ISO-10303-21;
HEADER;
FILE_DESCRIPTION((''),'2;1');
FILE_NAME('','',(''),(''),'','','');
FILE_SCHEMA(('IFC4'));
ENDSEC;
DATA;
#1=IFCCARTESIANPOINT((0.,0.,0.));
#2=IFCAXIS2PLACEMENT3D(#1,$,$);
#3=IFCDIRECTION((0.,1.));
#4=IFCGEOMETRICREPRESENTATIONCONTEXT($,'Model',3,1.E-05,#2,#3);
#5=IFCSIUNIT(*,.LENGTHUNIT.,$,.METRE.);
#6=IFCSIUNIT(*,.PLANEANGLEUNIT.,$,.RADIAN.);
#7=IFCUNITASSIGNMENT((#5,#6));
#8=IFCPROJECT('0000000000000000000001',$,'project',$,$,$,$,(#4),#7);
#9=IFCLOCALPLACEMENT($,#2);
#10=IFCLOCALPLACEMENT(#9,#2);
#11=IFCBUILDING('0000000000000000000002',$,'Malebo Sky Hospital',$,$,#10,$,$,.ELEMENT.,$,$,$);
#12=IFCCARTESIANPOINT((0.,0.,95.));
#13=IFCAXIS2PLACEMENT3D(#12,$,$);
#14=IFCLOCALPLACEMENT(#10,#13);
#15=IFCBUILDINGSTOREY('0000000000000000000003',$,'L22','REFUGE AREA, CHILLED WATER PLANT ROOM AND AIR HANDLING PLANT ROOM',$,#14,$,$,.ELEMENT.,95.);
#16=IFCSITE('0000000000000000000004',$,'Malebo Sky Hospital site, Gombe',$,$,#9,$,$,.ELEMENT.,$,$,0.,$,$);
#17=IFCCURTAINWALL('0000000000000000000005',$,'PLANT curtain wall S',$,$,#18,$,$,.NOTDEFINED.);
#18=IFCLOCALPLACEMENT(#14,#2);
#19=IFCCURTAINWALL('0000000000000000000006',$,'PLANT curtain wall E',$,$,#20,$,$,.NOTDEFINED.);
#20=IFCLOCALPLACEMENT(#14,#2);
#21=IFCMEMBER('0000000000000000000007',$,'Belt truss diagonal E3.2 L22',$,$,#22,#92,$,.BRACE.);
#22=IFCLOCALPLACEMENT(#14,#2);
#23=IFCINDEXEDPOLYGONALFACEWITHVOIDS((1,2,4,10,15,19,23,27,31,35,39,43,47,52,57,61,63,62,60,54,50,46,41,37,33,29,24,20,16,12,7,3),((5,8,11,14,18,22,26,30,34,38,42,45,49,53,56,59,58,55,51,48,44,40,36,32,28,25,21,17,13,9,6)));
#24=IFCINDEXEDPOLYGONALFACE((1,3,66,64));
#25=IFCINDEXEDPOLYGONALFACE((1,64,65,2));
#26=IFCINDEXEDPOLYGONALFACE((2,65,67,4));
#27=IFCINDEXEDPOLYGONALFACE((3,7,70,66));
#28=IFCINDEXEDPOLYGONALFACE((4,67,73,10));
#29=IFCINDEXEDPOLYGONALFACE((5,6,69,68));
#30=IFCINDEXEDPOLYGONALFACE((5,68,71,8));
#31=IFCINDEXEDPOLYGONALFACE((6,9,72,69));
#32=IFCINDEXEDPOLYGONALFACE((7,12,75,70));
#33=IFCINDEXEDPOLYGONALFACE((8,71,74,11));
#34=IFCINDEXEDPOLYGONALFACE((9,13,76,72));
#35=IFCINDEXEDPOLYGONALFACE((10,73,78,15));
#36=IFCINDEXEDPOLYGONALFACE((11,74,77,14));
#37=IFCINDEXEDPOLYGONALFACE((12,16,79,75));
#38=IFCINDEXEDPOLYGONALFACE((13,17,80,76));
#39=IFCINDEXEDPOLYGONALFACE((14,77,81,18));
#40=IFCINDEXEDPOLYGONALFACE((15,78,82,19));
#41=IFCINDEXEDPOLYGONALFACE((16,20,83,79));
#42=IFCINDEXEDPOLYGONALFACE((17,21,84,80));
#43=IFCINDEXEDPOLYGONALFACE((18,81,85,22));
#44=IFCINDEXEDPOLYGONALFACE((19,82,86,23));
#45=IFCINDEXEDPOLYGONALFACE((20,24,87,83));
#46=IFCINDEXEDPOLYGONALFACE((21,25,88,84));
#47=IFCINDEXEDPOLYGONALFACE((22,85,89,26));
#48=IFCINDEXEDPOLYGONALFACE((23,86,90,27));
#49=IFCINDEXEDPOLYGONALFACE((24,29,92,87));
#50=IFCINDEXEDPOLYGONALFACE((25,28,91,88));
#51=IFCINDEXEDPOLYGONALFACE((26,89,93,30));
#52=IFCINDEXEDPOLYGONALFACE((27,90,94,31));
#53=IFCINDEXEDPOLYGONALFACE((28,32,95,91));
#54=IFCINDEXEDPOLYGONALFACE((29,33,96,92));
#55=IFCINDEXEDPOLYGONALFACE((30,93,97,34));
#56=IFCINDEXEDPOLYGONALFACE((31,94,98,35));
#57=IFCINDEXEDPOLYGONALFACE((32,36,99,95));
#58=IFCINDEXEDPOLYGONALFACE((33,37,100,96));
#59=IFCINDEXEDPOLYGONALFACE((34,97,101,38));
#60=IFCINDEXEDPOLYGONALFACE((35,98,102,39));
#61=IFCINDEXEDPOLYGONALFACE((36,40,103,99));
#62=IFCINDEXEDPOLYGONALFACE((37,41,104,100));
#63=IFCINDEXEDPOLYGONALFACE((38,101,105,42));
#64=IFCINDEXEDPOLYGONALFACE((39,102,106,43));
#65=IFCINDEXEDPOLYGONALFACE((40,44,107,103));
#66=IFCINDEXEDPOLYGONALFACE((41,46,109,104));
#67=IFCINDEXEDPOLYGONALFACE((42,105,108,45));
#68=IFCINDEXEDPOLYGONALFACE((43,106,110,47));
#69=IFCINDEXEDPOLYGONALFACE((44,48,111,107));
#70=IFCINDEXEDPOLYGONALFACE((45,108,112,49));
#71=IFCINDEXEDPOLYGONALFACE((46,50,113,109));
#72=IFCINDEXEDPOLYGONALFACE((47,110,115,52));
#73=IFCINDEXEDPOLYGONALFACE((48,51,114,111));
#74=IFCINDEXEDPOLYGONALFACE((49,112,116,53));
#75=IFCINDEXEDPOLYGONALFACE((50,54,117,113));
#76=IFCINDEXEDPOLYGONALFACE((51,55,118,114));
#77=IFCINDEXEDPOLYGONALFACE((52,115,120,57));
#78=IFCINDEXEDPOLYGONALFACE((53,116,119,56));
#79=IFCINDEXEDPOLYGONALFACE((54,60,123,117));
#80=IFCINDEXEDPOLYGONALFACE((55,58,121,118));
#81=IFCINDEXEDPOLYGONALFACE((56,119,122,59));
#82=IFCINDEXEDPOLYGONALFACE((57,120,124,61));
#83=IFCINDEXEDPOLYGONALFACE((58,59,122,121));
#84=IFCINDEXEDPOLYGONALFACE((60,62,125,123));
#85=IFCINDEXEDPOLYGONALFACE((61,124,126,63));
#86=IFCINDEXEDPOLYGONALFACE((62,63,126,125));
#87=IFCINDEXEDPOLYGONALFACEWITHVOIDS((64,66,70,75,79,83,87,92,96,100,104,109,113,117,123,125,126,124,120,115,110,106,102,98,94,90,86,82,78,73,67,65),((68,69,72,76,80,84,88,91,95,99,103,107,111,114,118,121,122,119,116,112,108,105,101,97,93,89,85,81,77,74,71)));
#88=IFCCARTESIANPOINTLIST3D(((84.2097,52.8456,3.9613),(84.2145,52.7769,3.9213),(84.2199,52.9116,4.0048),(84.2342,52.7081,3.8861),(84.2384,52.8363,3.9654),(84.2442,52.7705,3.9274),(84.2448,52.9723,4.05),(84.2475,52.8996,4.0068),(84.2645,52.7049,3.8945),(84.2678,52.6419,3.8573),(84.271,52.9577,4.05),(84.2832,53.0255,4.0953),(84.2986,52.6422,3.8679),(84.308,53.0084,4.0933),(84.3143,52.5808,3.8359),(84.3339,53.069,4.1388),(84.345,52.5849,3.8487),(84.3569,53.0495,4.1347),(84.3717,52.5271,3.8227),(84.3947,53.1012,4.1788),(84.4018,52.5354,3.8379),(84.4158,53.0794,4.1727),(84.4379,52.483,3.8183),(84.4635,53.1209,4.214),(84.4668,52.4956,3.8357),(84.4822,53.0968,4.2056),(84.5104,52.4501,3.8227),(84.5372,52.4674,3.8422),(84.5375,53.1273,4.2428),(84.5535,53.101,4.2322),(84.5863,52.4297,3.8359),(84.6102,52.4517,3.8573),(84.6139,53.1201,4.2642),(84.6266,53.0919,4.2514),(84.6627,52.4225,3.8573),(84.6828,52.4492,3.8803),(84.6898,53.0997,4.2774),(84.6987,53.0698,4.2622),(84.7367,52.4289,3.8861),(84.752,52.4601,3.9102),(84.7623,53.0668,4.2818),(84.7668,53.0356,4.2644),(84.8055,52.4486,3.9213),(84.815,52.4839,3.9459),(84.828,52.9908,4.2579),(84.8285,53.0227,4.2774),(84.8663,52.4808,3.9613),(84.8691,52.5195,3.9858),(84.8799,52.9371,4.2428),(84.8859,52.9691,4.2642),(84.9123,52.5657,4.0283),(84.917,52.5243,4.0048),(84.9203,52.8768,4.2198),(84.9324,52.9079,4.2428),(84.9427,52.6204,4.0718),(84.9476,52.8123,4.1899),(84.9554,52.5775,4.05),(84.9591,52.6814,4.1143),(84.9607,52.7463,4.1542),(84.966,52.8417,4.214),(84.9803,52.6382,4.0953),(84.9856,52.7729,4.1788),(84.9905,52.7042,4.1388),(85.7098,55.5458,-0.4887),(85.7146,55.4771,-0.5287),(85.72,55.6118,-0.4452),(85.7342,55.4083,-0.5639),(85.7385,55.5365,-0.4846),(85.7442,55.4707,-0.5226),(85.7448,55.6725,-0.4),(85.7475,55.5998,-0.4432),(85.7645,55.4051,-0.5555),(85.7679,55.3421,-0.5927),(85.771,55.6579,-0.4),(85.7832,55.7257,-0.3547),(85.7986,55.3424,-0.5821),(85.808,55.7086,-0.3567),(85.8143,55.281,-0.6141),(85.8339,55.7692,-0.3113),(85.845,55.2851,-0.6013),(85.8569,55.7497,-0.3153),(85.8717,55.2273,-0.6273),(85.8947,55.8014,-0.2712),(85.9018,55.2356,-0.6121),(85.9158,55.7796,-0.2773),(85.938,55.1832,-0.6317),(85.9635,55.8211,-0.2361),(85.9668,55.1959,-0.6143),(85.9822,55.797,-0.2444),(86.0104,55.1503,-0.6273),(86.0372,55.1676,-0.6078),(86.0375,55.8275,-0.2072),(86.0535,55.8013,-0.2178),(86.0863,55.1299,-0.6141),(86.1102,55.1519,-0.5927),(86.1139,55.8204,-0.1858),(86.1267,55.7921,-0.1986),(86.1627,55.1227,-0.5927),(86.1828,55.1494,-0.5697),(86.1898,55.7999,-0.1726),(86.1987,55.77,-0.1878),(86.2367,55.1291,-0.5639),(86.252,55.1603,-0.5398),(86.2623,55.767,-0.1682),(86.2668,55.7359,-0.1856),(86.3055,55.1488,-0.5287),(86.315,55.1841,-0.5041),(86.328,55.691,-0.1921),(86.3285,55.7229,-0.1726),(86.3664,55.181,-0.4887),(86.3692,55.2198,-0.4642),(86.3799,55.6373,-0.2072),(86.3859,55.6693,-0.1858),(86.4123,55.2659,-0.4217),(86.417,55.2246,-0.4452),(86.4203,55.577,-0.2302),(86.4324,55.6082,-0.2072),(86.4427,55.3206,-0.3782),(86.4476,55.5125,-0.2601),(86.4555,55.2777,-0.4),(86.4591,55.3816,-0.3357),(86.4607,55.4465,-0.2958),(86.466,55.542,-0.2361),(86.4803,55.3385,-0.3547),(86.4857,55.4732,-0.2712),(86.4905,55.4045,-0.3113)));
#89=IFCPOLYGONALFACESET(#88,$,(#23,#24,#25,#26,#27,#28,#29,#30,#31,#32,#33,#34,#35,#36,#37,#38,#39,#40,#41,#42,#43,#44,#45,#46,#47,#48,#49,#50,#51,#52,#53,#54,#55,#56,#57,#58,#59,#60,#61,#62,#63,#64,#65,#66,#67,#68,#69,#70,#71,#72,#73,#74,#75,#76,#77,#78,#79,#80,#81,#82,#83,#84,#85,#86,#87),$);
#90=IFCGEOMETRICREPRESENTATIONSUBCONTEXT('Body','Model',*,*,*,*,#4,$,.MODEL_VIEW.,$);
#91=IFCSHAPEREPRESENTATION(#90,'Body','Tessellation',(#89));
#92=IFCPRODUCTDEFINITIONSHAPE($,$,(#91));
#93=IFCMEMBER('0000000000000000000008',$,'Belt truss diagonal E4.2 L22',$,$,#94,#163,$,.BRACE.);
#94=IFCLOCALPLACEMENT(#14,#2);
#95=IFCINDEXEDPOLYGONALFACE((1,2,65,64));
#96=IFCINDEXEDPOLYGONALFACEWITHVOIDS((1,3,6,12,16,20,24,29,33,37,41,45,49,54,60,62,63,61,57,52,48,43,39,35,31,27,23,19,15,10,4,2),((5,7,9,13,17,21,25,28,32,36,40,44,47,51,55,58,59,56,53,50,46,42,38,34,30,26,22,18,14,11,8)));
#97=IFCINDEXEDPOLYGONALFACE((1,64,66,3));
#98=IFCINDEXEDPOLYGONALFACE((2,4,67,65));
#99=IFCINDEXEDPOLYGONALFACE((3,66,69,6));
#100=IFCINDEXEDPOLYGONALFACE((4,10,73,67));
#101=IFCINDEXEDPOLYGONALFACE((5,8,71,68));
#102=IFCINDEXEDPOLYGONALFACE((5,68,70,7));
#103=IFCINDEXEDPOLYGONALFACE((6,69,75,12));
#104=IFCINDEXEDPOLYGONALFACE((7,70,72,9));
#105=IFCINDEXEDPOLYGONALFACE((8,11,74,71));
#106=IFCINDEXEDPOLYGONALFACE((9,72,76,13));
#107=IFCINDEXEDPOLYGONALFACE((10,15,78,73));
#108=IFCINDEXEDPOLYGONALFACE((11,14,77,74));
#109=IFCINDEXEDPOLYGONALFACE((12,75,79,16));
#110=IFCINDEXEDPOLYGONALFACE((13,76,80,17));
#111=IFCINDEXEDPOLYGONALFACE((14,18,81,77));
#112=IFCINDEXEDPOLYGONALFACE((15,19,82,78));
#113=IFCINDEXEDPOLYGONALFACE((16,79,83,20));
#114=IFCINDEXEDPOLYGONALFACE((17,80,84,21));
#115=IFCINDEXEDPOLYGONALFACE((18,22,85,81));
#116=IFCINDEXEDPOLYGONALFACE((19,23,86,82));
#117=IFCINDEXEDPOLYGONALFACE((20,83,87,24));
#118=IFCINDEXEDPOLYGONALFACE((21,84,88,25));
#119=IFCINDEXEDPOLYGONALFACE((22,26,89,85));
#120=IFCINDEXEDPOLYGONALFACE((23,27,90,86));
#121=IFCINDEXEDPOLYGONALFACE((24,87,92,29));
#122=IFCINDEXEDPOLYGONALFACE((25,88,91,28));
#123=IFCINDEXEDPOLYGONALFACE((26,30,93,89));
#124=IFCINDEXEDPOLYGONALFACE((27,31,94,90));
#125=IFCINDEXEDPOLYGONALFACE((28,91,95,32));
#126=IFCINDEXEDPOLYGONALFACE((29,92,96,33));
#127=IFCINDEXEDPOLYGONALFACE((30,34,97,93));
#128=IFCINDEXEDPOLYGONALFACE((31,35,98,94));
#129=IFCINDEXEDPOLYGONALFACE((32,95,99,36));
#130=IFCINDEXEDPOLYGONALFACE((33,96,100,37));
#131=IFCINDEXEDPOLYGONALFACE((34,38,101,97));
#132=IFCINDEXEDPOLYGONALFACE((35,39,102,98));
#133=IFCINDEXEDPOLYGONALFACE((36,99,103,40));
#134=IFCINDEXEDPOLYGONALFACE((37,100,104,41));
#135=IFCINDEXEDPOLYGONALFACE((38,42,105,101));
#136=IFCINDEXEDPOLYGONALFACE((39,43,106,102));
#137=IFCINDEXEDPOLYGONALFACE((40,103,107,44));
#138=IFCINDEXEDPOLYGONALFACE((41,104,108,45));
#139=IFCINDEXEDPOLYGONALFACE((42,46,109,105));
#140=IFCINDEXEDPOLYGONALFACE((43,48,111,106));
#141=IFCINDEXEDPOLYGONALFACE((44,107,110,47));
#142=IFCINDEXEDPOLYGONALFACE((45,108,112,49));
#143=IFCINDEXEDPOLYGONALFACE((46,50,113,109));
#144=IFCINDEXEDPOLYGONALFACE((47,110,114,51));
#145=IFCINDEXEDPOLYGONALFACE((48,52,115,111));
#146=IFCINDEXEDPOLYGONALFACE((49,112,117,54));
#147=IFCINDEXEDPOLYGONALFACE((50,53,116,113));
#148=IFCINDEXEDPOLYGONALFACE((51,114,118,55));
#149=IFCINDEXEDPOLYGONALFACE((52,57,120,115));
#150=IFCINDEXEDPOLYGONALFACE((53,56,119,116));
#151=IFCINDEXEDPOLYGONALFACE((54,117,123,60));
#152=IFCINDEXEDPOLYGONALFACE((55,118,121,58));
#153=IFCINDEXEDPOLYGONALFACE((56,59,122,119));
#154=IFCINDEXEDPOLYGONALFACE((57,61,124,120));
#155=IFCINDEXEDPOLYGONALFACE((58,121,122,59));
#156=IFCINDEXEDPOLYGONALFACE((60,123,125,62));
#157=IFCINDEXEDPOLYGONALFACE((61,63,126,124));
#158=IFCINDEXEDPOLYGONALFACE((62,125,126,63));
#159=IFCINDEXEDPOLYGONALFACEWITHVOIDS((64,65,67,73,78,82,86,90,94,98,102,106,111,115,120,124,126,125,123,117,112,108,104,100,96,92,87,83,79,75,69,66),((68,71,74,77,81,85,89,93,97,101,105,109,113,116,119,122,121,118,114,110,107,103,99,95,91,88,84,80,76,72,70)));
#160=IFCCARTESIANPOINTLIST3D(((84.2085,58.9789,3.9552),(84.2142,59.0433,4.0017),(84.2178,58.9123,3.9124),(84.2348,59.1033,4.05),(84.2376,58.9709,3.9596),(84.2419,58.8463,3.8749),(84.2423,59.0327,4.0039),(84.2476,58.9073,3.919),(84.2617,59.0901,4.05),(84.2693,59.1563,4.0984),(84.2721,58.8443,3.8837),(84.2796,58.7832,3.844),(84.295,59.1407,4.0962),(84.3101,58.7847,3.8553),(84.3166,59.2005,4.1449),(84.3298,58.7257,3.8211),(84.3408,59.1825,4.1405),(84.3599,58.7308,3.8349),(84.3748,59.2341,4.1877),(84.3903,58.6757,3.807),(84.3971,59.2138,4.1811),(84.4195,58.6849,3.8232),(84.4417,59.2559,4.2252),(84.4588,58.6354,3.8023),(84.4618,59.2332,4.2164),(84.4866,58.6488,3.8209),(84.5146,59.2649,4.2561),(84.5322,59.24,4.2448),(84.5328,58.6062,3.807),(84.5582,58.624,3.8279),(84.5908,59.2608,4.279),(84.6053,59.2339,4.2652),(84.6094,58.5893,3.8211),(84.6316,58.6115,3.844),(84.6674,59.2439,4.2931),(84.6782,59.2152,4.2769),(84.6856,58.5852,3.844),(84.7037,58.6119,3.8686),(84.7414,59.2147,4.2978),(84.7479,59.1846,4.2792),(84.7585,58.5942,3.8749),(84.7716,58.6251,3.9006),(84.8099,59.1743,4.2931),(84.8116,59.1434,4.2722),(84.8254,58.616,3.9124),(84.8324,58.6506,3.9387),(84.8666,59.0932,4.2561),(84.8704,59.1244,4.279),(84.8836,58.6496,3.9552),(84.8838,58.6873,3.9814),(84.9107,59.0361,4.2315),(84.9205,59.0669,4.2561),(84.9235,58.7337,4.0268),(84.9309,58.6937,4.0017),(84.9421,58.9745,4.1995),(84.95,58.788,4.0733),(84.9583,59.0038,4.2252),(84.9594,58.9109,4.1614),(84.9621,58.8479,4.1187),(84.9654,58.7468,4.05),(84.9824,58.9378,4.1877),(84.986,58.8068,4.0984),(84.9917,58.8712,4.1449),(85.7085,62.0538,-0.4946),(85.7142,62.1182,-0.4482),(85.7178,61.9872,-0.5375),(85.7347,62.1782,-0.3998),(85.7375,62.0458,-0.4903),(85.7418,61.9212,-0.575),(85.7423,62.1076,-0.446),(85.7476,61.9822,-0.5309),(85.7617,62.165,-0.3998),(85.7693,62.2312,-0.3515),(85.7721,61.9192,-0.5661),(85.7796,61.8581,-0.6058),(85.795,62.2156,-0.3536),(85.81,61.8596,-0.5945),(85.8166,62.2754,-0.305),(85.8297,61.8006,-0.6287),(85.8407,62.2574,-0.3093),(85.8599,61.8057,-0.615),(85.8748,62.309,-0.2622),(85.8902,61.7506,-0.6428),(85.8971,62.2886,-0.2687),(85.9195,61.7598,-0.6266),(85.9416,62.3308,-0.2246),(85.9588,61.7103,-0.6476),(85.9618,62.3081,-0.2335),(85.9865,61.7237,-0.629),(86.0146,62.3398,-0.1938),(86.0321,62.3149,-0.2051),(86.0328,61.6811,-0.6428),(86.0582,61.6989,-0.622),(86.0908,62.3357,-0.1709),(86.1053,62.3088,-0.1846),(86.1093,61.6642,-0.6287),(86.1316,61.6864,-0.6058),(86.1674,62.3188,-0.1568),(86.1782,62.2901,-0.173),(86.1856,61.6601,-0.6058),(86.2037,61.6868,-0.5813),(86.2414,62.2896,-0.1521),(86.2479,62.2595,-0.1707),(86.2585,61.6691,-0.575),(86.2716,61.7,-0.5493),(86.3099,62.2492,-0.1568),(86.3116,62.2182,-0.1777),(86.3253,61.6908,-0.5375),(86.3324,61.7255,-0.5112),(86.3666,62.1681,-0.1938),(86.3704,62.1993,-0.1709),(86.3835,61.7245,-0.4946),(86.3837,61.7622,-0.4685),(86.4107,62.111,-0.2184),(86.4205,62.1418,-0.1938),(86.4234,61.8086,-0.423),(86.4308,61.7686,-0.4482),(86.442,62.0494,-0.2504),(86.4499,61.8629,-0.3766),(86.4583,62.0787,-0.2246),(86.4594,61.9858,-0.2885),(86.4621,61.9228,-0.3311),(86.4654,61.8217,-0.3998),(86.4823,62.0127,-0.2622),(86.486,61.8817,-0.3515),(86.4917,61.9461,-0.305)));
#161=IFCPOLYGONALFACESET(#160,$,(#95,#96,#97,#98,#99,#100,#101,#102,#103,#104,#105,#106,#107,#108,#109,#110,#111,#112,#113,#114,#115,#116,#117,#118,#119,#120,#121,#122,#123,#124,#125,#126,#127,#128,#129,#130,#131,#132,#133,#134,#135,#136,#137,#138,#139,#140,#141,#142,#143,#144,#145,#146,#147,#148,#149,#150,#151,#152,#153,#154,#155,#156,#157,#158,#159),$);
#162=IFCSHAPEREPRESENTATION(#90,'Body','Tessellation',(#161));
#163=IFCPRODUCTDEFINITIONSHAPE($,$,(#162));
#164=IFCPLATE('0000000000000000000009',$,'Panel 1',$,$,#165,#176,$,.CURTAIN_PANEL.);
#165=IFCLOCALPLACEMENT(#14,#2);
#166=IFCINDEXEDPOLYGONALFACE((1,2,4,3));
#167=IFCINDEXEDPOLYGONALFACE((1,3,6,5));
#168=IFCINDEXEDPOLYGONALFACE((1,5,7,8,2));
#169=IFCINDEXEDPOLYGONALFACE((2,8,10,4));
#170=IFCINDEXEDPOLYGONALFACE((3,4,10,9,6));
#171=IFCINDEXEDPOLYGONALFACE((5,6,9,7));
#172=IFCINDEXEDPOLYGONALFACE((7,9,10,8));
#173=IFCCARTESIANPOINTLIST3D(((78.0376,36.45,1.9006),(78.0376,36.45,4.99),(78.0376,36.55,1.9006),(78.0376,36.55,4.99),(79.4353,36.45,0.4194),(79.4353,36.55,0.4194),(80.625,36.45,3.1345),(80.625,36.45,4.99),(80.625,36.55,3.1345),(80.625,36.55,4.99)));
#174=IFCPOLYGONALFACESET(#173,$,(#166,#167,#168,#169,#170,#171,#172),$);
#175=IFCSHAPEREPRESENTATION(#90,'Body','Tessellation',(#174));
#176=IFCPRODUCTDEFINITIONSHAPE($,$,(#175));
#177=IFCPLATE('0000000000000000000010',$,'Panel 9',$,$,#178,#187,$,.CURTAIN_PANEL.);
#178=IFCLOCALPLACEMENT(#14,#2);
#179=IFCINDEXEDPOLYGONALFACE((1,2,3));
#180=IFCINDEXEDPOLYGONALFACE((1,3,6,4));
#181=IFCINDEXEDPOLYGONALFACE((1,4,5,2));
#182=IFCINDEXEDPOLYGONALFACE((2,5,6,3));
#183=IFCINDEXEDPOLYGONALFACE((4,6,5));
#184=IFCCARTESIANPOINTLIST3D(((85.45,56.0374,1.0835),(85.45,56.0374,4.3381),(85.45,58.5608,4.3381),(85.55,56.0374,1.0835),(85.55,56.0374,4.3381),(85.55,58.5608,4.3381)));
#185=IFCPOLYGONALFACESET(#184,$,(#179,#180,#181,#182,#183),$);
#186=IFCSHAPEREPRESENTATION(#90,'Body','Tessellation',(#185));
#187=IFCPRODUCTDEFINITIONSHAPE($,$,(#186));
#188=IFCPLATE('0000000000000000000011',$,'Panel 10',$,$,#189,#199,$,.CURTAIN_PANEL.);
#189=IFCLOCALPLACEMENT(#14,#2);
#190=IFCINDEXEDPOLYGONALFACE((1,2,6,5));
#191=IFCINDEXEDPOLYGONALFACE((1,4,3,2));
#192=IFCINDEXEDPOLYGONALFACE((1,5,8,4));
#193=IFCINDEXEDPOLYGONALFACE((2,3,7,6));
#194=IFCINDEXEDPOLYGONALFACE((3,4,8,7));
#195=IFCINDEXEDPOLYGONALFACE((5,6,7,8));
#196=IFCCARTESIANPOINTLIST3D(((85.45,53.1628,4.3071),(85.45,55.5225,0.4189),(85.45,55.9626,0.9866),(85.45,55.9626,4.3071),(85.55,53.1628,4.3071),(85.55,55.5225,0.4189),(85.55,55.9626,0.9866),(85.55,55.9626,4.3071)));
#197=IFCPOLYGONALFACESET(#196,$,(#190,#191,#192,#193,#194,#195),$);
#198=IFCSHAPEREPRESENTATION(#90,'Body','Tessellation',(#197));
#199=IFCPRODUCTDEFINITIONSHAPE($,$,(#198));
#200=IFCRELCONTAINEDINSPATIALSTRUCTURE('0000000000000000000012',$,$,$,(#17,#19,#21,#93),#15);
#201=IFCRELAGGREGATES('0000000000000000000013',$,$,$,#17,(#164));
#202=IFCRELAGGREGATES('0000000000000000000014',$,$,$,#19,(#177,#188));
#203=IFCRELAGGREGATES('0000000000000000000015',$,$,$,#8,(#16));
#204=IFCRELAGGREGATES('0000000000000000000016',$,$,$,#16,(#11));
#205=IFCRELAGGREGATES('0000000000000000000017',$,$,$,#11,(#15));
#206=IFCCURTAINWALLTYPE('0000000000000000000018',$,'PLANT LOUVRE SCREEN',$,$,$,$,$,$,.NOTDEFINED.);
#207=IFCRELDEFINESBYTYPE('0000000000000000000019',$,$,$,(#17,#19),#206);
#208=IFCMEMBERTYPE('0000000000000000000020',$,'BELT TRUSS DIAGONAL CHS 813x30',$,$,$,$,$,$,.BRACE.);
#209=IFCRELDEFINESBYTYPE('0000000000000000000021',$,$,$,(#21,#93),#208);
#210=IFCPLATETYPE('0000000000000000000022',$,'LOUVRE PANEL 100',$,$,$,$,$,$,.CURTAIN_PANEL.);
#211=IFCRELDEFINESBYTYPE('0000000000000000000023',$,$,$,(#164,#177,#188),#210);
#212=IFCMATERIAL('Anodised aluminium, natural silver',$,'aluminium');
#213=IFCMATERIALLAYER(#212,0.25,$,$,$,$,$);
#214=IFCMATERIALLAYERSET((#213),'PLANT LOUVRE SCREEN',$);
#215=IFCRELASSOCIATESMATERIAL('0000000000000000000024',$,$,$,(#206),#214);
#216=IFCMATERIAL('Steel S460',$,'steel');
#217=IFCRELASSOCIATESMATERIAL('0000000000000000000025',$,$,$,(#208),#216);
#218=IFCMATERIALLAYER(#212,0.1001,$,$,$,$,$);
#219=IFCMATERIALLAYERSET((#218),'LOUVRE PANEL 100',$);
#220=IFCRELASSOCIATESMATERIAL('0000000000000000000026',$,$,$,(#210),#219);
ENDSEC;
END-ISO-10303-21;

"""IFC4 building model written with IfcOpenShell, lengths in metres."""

from ifc_helpers import new_model, si_unit, direction, frame, origin, origin_2d, place, context, subcontext, project, spatial, polyline, hollow_circle, outline, extrude, material, layer, layer_set, material_profile, profile_set, type_object, element, aggregate, save


model = new_model("IFC4")

# Units and contexts
model_context = context("Model", 3, precision=1e-05, world=origin(), true_north=direction((0.0, 1.0)))
body_context = subcontext(model_context, "Body", "Model", "MODEL_VIEW")
ifc_project = project(units=[si_unit("LENGTHUNIT", "METRE"), si_unit("PLANEANGLEUNIT", "RADIAN")], contexts=[model_context])

# Site, building, storey
site_placement = place(None, origin())
site = spatial("IfcSite", under=ifc_project, at=site_placement, Name="Malebo Sky Hospital site, Gombe", CompositionType="ELEMENT", RefElevation=0.0)
building_placement = place(site_placement, origin())
building = spatial("IfcBuilding", under=site, at=building_placement, Name="Malebo Sky Hospital", CompositionType="ELEMENT")
storey_placement = place(building_placement, frame((0.0, 0.0, 95.0)))
storey = spatial("IfcBuildingStorey", under=building, at=storey_placement, Name="L22", Description="REFUGE AREA, CHILLED WATER PLANT ROOM AND AIR HANDLING PLANT ROOM", CompositionType="ELEMENT", Elevation=95.0)

# Curtain wall
ifc_material_1 = material(Name="Anodised aluminium, natural silver", Category="aluminium")
ifc_layer_1 = layer(ifc_material_1, 0.25)
ifc_layer_set_1 = layer_set([ifc_layer_1], Name="PLANT LOUVRE SCREEN")
curtain_wall_type = type_object("IfcCurtainWallType", Name="PLANT LOUVRE SCREEN", PredefinedType="NOTDEFINED", material=ifc_layer_set_1)
curtain_wall_1_placement = place(storey_placement, origin())
curtain_wall_1 = element("IfcCurtainWall", 1, at=curtain_wall_1_placement, inside=storey, type_object=curtain_wall_type, Name="PLANT curtain wall S", PredefinedType="NOTDEFINED")

# Curtain wall
curtain_wall_2_placement = place(storey_placement, origin())
curtain_wall_2 = element("IfcCurtainWall", 2, at=curtain_wall_2_placement, inside=storey, type_object=curtain_wall_type, Name="PLANT curtain wall E", PredefinedType="NOTDEFINED")

# Members
ifc_material_2 = material(Name="Steel S460", Category="steel")
ifc_material_profile_1 = material_profile(ifc_material_2, hollow_circle(Radius=0.4065, WallThickness=0.03, at=origin_2d()), Name="CHS 813x30")
ifc_profile_set_1 = profile_set([ifc_material_profile_1], Name="Steel S460")
member_type_1 = type_object("IfcMemberType", Name="BELT TRUSS DIAGONAL CHS 813x30", PredefinedType="BRACE", material=ifc_profile_set_1)
member_1_placement = place(storey_placement, frame((84.6001, 52.7749, 4.05), z_axis=(0.27691, 0.498473, -0.82149), x_axis=(-0.874172, 0.485616, 0.0)))
element("IfcMember", 3, at=member_1_placement, inside=storey, type_object=member_type_1, Name="Belt truss diagonal E3.2 L22", PredefinedType="BRACE", context=body_context, shape_type="SweptSolid", body=[
    extrude(hollow_circle(Radius=0.4065, WallThickness=0.03, at=origin_2d()), origin(), (0.0, 0.0, 1.0), 5.417),
])
member_2_placement = place(storey_placement, frame((84.6001, 58.925, 4.05), z_axis=(0.26723, 0.547813, -0.792773), x_axis=(-0.898766, 0.438429, 0.0)))
element("IfcMember", 4, at=member_2_placement, inside=storey, type_object=member_type_1, Name="Belt truss diagonal E4.2 L22", PredefinedType="BRACE", context=body_context, shape_type="SweptSolid", body=[
    extrude(hollow_circle(Radius=0.4065, WallThickness=0.03, at=origin_2d()), origin(), (0.0, 0.0, 1.0), 5.613),
])

# Plates
ifc_layer_2 = layer(ifc_material_1, 0.1001)
ifc_layer_set_2 = layer_set([ifc_layer_2], Name="LOUVRE PANEL 100")
plate_type = type_object("IfcPlateType", Name="LOUVRE PANEL 100", PredefinedType="CURTAIN_PANEL", material=ifc_layer_set_2)
plate_1_placement = place(storey_placement, frame((79.3313, 36.5, 0.4194), z_axis=(0.0, 0.0, 1.0), x_axis=(-1.0, 0.0, 0.0)))
plate_1 = element("IfcPlate", 5, at=plate_1_placement, type_object=plate_type, Name="Panel 1", PredefinedType="CURTAIN_PANEL", context=body_context, shape_type="SweptSolid", body=[
    extrude(outline(polyline([(-0.104, 0.0), (1.2937, 1.4812), (1.2937, 4.5706), (-1.2937, 4.5706), (-1.2937, 2.7151), (-0.104, 0.0)])), frame((0.0, 0.05, 0.0), z_axis=(0.0, -1.0, 0.0), x_axis=(1.0, 0.0, 0.0)), (0.0, 0.0, 1.0), 0.1001),
])
aggregate(curtain_wall_1, [plate_1])
plate_2_placement = place(storey_placement, frame((85.5, 57.2991, 1.0835), z_axis=(0.0, 0.0, 1.0), x_axis=(0.0, -1.0, 0.0)))
plate_2 = element("IfcPlate", 6, at=plate_2_placement, type_object=plate_type, Name="Panel 9", PredefinedType="CURTAIN_PANEL", context=body_context, shape_type="SweptSolid", body=[
    extrude(outline(polyline([(1.2617, 0.0), (1.2617, 3.2546), (-1.2617, 3.2546), (1.2617, 0.0)])), frame((0.0, 0.05, 0.0), z_axis=(0.0, -1.0, 0.0), x_axis=(1.0, 0.0, 0.0)), (0.0, 0.0, 1.0), 0.1001),
])
plate_3_placement = place(storey_placement, frame((85.5, 54.5627, 0.4189), z_axis=(0.0, 0.0, 1.0), x_axis=(0.0, -1.0, 0.0)))
plate_3 = element("IfcPlate", 7, at=plate_3_placement, type_object=plate_type, Name="Panel 10", PredefinedType="CURTAIN_PANEL", context=body_context, shape_type="SweptSolid", body=[
    extrude(outline(polyline([(-0.9597, 0.0), (1.3999, 3.8882), (-1.3999, 3.8882), (-1.3999, 0.5676), (-0.9597, 0.0)])), frame((0.0, 0.05, 0.0), z_axis=(0.0, -1.0, 0.0), x_axis=(1.0, 0.0, 0.0)), (0.0, 0.0, 1.0), 0.1001),
])
aggregate(curtain_wall_2, [plate_2, plate_3])

save(model, "model.ifc")
